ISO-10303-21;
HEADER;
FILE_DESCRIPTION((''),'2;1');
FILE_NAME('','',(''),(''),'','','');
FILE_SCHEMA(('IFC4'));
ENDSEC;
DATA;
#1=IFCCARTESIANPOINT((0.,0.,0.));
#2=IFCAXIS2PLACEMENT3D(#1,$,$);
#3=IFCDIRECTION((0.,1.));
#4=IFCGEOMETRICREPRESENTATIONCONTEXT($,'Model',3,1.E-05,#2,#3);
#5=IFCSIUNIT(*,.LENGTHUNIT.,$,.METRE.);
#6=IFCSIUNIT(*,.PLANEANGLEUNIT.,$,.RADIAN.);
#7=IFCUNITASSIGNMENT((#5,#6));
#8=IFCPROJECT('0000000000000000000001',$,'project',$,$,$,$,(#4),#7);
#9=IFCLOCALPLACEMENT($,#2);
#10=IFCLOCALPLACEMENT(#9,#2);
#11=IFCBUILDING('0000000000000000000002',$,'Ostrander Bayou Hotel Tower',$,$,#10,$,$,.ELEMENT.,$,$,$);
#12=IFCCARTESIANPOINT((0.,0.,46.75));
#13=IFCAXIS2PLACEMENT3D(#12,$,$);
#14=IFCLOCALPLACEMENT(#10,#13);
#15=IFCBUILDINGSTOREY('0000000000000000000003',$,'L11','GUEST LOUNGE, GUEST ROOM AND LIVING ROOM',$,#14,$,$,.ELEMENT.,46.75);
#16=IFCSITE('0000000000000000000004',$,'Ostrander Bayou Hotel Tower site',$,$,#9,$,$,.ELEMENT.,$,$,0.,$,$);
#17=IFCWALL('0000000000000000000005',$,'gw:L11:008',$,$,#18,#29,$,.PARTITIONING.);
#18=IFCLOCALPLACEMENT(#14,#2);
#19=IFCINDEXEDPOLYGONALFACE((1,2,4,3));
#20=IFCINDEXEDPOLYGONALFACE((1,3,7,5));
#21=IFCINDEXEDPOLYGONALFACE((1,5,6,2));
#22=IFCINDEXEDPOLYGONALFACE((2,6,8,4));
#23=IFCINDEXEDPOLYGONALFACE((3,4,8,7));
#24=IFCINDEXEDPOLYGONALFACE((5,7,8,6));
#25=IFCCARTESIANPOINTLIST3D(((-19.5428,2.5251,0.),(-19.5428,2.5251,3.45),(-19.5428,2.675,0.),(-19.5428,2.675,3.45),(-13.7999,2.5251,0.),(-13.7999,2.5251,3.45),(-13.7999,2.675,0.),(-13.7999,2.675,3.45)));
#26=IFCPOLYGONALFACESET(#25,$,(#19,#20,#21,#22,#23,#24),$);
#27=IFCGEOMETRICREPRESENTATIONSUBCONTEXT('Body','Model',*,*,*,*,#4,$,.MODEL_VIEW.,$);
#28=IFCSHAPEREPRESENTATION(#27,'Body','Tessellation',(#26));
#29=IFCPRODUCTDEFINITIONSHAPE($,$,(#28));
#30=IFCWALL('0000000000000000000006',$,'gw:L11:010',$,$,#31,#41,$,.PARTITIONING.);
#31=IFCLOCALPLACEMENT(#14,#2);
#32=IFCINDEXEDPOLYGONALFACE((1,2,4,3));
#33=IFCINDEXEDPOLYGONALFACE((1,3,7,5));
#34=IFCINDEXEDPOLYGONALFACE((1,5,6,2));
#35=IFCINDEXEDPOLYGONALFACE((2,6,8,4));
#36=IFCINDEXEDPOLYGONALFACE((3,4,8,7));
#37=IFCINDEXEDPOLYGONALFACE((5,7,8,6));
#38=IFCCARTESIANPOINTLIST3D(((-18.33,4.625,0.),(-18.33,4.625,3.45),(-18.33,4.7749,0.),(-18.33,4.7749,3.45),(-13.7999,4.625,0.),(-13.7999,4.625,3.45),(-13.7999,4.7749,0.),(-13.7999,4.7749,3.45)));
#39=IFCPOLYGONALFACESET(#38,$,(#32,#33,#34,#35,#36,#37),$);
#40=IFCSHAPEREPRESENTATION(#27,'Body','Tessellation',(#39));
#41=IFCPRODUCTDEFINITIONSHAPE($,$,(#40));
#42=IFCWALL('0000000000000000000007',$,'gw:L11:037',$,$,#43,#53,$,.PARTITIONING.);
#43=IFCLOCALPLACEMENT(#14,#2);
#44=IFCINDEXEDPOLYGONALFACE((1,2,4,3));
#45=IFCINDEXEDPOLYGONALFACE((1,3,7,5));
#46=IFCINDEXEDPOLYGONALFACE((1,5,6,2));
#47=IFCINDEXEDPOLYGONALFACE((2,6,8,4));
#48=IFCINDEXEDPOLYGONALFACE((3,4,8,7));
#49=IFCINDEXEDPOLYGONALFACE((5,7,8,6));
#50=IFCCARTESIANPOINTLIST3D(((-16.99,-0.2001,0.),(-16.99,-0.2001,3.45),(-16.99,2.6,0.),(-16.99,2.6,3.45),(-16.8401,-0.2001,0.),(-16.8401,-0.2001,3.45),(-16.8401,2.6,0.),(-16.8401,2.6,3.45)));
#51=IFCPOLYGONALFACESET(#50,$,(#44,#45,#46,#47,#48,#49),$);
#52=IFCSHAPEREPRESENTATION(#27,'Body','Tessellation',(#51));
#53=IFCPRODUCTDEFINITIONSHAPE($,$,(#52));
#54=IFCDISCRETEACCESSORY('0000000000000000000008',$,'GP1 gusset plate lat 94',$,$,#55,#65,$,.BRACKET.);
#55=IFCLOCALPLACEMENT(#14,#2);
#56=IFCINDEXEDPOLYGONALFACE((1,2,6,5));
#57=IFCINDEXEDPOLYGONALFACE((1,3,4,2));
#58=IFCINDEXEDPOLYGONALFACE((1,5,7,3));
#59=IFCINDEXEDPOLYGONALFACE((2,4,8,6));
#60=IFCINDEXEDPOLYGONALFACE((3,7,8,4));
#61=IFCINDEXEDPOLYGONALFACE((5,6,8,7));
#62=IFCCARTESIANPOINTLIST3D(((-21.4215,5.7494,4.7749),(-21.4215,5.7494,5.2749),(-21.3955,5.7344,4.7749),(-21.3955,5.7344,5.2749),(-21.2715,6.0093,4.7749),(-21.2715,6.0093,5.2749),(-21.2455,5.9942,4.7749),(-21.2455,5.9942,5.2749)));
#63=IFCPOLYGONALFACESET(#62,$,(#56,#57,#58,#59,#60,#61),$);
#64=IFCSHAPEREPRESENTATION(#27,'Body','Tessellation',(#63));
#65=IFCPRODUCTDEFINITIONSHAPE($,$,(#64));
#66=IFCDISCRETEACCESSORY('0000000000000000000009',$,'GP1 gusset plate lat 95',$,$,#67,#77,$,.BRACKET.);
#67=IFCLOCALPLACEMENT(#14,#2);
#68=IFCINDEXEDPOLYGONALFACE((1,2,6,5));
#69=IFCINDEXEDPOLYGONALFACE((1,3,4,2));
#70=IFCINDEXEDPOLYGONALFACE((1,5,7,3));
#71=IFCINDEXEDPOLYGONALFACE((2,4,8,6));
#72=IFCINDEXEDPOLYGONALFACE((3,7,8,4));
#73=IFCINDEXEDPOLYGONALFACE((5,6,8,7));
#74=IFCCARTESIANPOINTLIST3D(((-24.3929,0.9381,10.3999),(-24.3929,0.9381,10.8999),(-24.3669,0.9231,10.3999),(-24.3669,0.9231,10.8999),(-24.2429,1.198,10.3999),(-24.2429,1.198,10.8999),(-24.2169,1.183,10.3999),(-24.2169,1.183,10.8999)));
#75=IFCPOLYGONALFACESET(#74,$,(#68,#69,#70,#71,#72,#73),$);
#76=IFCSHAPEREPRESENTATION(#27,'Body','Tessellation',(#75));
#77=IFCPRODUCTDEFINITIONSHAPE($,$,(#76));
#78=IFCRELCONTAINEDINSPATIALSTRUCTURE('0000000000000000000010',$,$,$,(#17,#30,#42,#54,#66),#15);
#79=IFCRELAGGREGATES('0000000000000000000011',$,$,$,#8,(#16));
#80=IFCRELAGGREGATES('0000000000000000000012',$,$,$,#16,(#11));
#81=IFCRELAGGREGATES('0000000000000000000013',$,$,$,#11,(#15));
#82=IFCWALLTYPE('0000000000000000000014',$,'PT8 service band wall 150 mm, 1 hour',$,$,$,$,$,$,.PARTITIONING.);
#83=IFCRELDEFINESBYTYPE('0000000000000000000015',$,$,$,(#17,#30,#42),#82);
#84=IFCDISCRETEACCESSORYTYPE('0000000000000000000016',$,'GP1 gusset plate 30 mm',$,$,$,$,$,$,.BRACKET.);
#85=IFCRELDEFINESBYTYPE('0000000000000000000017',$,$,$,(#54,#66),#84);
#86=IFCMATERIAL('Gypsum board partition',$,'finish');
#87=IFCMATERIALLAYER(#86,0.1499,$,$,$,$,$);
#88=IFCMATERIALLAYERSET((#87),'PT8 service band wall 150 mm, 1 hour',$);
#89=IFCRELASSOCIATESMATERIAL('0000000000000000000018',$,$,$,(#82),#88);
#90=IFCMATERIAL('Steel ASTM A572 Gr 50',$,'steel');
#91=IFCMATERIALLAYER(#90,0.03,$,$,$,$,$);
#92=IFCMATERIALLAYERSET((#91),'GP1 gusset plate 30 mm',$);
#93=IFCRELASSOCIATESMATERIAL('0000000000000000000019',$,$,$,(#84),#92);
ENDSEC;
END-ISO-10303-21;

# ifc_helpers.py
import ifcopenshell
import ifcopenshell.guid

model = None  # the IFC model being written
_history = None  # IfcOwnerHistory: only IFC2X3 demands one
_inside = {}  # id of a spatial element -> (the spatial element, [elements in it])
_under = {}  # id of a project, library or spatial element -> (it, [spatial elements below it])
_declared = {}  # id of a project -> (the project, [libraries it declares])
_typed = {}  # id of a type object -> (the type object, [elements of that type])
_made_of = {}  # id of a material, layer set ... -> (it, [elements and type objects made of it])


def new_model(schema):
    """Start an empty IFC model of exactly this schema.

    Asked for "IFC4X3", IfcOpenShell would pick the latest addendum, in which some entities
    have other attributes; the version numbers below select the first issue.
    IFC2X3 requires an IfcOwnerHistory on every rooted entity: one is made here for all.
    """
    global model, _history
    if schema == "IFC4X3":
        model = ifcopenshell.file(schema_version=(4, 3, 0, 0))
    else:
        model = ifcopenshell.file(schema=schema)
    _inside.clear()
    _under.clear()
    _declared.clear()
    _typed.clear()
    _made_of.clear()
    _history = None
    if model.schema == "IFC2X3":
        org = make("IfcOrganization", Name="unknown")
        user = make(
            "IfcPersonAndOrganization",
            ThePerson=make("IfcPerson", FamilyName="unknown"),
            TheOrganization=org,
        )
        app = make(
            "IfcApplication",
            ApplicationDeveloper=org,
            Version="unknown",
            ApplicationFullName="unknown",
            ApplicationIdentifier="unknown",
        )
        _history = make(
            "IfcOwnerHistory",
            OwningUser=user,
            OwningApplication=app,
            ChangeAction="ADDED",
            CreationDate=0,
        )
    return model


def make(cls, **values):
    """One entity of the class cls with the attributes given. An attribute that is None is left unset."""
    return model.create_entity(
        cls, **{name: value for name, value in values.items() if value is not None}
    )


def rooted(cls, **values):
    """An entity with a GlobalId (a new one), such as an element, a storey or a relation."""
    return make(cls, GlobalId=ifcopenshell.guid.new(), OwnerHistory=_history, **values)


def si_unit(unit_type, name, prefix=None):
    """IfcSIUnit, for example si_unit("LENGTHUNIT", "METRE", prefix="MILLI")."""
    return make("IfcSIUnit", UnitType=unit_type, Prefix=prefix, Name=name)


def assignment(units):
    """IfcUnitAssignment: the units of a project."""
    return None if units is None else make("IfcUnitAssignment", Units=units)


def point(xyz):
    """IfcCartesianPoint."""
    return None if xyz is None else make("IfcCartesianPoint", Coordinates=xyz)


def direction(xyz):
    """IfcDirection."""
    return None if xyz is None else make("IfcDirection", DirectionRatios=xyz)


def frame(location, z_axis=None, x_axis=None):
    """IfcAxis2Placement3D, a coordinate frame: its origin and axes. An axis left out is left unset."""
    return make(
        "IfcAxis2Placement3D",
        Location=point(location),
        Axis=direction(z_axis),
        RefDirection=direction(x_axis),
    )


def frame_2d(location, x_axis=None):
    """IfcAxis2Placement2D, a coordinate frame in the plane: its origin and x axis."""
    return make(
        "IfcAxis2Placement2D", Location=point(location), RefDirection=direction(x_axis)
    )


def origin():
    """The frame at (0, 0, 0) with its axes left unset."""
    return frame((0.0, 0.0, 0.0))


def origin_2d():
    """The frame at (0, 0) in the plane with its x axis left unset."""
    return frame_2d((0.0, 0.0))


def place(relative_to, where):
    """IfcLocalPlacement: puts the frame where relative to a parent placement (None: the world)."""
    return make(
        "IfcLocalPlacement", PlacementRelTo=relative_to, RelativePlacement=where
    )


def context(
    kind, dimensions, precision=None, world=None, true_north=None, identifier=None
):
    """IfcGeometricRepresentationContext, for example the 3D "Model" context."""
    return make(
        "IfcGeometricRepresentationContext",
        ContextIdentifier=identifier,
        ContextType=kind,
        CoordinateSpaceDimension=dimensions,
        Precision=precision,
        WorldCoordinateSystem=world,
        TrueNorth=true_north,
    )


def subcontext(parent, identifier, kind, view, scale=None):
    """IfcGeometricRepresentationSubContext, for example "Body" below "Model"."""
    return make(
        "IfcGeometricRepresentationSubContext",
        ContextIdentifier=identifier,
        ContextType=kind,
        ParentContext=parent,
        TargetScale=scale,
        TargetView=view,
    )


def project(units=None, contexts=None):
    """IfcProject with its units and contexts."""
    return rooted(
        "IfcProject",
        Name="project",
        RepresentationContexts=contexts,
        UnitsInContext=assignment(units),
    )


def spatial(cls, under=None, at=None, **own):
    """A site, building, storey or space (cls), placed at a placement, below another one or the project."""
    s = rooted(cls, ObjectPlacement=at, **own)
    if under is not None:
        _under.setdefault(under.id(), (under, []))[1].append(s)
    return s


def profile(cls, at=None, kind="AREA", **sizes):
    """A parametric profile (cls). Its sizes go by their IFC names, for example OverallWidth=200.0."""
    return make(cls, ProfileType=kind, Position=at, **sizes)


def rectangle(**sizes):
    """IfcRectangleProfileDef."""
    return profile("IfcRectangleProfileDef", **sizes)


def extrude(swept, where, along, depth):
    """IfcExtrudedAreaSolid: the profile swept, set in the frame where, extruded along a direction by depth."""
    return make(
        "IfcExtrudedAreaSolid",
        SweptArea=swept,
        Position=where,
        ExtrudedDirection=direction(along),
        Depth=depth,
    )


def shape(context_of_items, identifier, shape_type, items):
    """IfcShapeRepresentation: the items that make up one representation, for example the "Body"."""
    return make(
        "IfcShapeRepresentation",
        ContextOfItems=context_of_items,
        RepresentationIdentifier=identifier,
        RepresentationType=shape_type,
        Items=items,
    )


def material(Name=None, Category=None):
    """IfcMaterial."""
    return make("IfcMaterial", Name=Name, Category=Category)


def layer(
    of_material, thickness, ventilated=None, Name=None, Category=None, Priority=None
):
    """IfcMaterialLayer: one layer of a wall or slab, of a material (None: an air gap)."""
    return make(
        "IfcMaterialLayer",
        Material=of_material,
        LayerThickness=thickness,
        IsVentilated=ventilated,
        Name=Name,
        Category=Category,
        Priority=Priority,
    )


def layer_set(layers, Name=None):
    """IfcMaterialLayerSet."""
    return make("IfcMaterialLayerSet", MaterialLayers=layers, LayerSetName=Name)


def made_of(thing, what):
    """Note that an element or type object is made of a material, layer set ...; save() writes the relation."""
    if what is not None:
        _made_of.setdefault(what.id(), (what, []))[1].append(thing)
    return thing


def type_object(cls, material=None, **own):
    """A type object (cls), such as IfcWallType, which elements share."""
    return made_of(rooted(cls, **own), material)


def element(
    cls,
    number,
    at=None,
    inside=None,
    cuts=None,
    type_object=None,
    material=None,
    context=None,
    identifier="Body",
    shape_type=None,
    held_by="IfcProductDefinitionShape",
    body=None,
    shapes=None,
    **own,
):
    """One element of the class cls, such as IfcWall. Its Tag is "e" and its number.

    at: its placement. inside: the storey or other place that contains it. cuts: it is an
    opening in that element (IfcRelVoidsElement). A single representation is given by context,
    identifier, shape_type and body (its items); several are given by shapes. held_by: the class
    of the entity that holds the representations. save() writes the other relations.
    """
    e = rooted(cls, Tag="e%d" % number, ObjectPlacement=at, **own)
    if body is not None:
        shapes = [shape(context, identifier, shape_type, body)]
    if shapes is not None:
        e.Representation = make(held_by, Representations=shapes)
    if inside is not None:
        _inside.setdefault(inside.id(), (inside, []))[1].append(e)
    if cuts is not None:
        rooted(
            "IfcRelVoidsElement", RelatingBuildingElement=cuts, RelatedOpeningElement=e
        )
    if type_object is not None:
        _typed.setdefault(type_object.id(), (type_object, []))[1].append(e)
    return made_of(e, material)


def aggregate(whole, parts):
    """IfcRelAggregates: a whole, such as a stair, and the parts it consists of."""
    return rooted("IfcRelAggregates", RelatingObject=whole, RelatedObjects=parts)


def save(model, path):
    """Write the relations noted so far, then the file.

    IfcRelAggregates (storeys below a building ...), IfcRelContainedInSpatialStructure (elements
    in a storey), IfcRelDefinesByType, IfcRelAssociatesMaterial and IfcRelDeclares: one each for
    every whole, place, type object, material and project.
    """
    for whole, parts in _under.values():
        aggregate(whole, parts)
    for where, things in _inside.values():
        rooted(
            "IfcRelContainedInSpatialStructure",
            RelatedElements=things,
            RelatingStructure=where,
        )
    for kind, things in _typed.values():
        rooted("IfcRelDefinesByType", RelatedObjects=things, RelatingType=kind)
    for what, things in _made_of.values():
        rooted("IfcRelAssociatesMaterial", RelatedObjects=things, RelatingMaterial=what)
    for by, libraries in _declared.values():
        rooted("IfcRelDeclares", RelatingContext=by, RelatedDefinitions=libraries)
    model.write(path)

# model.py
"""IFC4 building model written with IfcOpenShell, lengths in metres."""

from ifc_helpers import new_model, si_unit, direction, frame, frame_2d, origin, origin_2d, place, context, subcontext, project, spatial, rectangle, extrude, material, layer, layer_set, type_object, element, save


model = new_model("IFC4")

# Units and contexts
model_context = context("Model", 3, precision=1e-05, world=origin(), true_north=direction((0.0, 1.0)))
body_context = subcontext(model_context, "Body", "Model", "MODEL_VIEW")
ifc_project = project(units=[si_unit("LENGTHUNIT", "METRE"), si_unit("PLANEANGLEUNIT", "RADIAN")], contexts=[model_context])

# Site, building, storey
site_placement = place(None, origin())
site = spatial("IfcSite", under=ifc_project, at=site_placement, Name="Ostrander Bayou Hotel Tower site", CompositionType="ELEMENT", RefElevation=0.0)
building_placement = place(site_placement, origin())
building = spatial("IfcBuilding", under=site, at=building_placement, Name="Ostrander Bayou Hotel Tower", CompositionType="ELEMENT")
storey_placement = place(building_placement, frame((0.0, 0.0, 46.75)))
storey = spatial("IfcBuildingStorey", under=building, at=storey_placement, Name="L11", Description="GUEST LOUNGE, GUEST ROOM AND LIVING ROOM", CompositionType="ELEMENT", Elevation=46.75)

# Shared definitions
ifc_material_1 = material(Name="Gypsum board partition", Category="finish")
ifc_layer_1 = layer(ifc_material_1, 0.1499)
ifc_layer_set_1 = layer_set([ifc_layer_1], Name="PT8 service band wall 150 mm, 1 hour")
wall_type_1 = type_object("IfcWallType", Name="PT8 service band wall 150 mm, 1 hour", PredefinedType="PARTITIONING", material=ifc_layer_set_1)

# Walls
wall_1_placement = place(storey_placement, frame((-19.543, 2.6001, 0.0), z_axis=(0.0, 0.0, 1.0), x_axis=(1.0, 0.0, 0.0)))
element("IfcWall", 1, at=wall_1_placement, inside=storey, type_object=wall_type_1, Name="gw:L11:008", PredefinedType="PARTITIONING", context=body_context, shape_type="SweptSolid", body=[
    extrude(rectangle(XDim=5.7429, YDim=0.1499, at=frame_2d((2.8716, 0.0))), origin(), (0.0, 0.0, 1.0), 3.45),
])
wall_2_placement = place(storey_placement, frame((-18.3301, 4.7, 0.0), z_axis=(0.0, 0.0, 1.0), x_axis=(1.0, 0.0, 0.0)))
element("IfcWall", 2, at=wall_2_placement, inside=storey, type_object=wall_type_1, Name="gw:L11:010", PredefinedType="PARTITIONING", context=body_context, shape_type="SweptSolid", body=[
    extrude(rectangle(XDim=4.53, YDim=0.1499, at=frame_2d((2.2651, 0.0))), origin(), (0.0, 0.0, 1.0), 3.45),
])
wall_3_placement = place(storey_placement, frame((-16.915, -0.2, 0.0), z_axis=(0.0, 0.0, 1.0), x_axis=(0.0, 1.0, 0.0)))
element("IfcWall", 3, at=wall_3_placement, inside=storey, type_object=wall_type_1, Name="gw:L11:037", PredefinedType="PARTITIONING", context=body_context, shape_type="SweptSolid", body=[
    extrude(rectangle(XDim=2.8, YDim=0.1499, at=frame_2d((1.3999, 0.0))), origin(), (0.0, 0.0, 1.0), 3.45),
])

# Discrete accessories
ifc_material_2 = material(Name="Steel ASTM A572 Gr 50", Category="steel")
ifc_layer_2 = layer(ifc_material_2, 0.03)
ifc_layer_set_2 = layer_set([ifc_layer_2], Name="GP1 gusset plate 30 mm")
discrete_accessory_type = type_object("IfcDiscreteAccessoryType", Name="GP1 gusset plate 30 mm", PredefinedType="BRACKET", material=ifc_layer_set_2)
for number, where, z_axis, x_axis, name in (
    (4, (-21.3335, 5.8718, 4.7749), (0.0, 0.0, 1.0), (-0.5, -0.866025, 0.0), "GP1 gusset plate lat 94"),
    (5, (-24.3049, 1.0605, 10.3999), (0.0, 0.0, 1.0), (-0.5, -0.866025, 0.0), "GP1 gusset plate lat 95"),
):
    element("IfcDiscreteAccessory", number, at=place(storey_placement, frame(where, z_axis=z_axis, x_axis=x_axis)), inside=storey, type_object=discrete_accessory_type, Name=name, PredefinedType="BRACKET", context=body_context, shape_type="SweptSolid", body=[
        extrude(rectangle(XDim=0.3, YDim=0.03, at=origin_2d()), origin(), (0.0, 0.0, 1.0), 0.5),
    ])

save(model, "model.ifc")
